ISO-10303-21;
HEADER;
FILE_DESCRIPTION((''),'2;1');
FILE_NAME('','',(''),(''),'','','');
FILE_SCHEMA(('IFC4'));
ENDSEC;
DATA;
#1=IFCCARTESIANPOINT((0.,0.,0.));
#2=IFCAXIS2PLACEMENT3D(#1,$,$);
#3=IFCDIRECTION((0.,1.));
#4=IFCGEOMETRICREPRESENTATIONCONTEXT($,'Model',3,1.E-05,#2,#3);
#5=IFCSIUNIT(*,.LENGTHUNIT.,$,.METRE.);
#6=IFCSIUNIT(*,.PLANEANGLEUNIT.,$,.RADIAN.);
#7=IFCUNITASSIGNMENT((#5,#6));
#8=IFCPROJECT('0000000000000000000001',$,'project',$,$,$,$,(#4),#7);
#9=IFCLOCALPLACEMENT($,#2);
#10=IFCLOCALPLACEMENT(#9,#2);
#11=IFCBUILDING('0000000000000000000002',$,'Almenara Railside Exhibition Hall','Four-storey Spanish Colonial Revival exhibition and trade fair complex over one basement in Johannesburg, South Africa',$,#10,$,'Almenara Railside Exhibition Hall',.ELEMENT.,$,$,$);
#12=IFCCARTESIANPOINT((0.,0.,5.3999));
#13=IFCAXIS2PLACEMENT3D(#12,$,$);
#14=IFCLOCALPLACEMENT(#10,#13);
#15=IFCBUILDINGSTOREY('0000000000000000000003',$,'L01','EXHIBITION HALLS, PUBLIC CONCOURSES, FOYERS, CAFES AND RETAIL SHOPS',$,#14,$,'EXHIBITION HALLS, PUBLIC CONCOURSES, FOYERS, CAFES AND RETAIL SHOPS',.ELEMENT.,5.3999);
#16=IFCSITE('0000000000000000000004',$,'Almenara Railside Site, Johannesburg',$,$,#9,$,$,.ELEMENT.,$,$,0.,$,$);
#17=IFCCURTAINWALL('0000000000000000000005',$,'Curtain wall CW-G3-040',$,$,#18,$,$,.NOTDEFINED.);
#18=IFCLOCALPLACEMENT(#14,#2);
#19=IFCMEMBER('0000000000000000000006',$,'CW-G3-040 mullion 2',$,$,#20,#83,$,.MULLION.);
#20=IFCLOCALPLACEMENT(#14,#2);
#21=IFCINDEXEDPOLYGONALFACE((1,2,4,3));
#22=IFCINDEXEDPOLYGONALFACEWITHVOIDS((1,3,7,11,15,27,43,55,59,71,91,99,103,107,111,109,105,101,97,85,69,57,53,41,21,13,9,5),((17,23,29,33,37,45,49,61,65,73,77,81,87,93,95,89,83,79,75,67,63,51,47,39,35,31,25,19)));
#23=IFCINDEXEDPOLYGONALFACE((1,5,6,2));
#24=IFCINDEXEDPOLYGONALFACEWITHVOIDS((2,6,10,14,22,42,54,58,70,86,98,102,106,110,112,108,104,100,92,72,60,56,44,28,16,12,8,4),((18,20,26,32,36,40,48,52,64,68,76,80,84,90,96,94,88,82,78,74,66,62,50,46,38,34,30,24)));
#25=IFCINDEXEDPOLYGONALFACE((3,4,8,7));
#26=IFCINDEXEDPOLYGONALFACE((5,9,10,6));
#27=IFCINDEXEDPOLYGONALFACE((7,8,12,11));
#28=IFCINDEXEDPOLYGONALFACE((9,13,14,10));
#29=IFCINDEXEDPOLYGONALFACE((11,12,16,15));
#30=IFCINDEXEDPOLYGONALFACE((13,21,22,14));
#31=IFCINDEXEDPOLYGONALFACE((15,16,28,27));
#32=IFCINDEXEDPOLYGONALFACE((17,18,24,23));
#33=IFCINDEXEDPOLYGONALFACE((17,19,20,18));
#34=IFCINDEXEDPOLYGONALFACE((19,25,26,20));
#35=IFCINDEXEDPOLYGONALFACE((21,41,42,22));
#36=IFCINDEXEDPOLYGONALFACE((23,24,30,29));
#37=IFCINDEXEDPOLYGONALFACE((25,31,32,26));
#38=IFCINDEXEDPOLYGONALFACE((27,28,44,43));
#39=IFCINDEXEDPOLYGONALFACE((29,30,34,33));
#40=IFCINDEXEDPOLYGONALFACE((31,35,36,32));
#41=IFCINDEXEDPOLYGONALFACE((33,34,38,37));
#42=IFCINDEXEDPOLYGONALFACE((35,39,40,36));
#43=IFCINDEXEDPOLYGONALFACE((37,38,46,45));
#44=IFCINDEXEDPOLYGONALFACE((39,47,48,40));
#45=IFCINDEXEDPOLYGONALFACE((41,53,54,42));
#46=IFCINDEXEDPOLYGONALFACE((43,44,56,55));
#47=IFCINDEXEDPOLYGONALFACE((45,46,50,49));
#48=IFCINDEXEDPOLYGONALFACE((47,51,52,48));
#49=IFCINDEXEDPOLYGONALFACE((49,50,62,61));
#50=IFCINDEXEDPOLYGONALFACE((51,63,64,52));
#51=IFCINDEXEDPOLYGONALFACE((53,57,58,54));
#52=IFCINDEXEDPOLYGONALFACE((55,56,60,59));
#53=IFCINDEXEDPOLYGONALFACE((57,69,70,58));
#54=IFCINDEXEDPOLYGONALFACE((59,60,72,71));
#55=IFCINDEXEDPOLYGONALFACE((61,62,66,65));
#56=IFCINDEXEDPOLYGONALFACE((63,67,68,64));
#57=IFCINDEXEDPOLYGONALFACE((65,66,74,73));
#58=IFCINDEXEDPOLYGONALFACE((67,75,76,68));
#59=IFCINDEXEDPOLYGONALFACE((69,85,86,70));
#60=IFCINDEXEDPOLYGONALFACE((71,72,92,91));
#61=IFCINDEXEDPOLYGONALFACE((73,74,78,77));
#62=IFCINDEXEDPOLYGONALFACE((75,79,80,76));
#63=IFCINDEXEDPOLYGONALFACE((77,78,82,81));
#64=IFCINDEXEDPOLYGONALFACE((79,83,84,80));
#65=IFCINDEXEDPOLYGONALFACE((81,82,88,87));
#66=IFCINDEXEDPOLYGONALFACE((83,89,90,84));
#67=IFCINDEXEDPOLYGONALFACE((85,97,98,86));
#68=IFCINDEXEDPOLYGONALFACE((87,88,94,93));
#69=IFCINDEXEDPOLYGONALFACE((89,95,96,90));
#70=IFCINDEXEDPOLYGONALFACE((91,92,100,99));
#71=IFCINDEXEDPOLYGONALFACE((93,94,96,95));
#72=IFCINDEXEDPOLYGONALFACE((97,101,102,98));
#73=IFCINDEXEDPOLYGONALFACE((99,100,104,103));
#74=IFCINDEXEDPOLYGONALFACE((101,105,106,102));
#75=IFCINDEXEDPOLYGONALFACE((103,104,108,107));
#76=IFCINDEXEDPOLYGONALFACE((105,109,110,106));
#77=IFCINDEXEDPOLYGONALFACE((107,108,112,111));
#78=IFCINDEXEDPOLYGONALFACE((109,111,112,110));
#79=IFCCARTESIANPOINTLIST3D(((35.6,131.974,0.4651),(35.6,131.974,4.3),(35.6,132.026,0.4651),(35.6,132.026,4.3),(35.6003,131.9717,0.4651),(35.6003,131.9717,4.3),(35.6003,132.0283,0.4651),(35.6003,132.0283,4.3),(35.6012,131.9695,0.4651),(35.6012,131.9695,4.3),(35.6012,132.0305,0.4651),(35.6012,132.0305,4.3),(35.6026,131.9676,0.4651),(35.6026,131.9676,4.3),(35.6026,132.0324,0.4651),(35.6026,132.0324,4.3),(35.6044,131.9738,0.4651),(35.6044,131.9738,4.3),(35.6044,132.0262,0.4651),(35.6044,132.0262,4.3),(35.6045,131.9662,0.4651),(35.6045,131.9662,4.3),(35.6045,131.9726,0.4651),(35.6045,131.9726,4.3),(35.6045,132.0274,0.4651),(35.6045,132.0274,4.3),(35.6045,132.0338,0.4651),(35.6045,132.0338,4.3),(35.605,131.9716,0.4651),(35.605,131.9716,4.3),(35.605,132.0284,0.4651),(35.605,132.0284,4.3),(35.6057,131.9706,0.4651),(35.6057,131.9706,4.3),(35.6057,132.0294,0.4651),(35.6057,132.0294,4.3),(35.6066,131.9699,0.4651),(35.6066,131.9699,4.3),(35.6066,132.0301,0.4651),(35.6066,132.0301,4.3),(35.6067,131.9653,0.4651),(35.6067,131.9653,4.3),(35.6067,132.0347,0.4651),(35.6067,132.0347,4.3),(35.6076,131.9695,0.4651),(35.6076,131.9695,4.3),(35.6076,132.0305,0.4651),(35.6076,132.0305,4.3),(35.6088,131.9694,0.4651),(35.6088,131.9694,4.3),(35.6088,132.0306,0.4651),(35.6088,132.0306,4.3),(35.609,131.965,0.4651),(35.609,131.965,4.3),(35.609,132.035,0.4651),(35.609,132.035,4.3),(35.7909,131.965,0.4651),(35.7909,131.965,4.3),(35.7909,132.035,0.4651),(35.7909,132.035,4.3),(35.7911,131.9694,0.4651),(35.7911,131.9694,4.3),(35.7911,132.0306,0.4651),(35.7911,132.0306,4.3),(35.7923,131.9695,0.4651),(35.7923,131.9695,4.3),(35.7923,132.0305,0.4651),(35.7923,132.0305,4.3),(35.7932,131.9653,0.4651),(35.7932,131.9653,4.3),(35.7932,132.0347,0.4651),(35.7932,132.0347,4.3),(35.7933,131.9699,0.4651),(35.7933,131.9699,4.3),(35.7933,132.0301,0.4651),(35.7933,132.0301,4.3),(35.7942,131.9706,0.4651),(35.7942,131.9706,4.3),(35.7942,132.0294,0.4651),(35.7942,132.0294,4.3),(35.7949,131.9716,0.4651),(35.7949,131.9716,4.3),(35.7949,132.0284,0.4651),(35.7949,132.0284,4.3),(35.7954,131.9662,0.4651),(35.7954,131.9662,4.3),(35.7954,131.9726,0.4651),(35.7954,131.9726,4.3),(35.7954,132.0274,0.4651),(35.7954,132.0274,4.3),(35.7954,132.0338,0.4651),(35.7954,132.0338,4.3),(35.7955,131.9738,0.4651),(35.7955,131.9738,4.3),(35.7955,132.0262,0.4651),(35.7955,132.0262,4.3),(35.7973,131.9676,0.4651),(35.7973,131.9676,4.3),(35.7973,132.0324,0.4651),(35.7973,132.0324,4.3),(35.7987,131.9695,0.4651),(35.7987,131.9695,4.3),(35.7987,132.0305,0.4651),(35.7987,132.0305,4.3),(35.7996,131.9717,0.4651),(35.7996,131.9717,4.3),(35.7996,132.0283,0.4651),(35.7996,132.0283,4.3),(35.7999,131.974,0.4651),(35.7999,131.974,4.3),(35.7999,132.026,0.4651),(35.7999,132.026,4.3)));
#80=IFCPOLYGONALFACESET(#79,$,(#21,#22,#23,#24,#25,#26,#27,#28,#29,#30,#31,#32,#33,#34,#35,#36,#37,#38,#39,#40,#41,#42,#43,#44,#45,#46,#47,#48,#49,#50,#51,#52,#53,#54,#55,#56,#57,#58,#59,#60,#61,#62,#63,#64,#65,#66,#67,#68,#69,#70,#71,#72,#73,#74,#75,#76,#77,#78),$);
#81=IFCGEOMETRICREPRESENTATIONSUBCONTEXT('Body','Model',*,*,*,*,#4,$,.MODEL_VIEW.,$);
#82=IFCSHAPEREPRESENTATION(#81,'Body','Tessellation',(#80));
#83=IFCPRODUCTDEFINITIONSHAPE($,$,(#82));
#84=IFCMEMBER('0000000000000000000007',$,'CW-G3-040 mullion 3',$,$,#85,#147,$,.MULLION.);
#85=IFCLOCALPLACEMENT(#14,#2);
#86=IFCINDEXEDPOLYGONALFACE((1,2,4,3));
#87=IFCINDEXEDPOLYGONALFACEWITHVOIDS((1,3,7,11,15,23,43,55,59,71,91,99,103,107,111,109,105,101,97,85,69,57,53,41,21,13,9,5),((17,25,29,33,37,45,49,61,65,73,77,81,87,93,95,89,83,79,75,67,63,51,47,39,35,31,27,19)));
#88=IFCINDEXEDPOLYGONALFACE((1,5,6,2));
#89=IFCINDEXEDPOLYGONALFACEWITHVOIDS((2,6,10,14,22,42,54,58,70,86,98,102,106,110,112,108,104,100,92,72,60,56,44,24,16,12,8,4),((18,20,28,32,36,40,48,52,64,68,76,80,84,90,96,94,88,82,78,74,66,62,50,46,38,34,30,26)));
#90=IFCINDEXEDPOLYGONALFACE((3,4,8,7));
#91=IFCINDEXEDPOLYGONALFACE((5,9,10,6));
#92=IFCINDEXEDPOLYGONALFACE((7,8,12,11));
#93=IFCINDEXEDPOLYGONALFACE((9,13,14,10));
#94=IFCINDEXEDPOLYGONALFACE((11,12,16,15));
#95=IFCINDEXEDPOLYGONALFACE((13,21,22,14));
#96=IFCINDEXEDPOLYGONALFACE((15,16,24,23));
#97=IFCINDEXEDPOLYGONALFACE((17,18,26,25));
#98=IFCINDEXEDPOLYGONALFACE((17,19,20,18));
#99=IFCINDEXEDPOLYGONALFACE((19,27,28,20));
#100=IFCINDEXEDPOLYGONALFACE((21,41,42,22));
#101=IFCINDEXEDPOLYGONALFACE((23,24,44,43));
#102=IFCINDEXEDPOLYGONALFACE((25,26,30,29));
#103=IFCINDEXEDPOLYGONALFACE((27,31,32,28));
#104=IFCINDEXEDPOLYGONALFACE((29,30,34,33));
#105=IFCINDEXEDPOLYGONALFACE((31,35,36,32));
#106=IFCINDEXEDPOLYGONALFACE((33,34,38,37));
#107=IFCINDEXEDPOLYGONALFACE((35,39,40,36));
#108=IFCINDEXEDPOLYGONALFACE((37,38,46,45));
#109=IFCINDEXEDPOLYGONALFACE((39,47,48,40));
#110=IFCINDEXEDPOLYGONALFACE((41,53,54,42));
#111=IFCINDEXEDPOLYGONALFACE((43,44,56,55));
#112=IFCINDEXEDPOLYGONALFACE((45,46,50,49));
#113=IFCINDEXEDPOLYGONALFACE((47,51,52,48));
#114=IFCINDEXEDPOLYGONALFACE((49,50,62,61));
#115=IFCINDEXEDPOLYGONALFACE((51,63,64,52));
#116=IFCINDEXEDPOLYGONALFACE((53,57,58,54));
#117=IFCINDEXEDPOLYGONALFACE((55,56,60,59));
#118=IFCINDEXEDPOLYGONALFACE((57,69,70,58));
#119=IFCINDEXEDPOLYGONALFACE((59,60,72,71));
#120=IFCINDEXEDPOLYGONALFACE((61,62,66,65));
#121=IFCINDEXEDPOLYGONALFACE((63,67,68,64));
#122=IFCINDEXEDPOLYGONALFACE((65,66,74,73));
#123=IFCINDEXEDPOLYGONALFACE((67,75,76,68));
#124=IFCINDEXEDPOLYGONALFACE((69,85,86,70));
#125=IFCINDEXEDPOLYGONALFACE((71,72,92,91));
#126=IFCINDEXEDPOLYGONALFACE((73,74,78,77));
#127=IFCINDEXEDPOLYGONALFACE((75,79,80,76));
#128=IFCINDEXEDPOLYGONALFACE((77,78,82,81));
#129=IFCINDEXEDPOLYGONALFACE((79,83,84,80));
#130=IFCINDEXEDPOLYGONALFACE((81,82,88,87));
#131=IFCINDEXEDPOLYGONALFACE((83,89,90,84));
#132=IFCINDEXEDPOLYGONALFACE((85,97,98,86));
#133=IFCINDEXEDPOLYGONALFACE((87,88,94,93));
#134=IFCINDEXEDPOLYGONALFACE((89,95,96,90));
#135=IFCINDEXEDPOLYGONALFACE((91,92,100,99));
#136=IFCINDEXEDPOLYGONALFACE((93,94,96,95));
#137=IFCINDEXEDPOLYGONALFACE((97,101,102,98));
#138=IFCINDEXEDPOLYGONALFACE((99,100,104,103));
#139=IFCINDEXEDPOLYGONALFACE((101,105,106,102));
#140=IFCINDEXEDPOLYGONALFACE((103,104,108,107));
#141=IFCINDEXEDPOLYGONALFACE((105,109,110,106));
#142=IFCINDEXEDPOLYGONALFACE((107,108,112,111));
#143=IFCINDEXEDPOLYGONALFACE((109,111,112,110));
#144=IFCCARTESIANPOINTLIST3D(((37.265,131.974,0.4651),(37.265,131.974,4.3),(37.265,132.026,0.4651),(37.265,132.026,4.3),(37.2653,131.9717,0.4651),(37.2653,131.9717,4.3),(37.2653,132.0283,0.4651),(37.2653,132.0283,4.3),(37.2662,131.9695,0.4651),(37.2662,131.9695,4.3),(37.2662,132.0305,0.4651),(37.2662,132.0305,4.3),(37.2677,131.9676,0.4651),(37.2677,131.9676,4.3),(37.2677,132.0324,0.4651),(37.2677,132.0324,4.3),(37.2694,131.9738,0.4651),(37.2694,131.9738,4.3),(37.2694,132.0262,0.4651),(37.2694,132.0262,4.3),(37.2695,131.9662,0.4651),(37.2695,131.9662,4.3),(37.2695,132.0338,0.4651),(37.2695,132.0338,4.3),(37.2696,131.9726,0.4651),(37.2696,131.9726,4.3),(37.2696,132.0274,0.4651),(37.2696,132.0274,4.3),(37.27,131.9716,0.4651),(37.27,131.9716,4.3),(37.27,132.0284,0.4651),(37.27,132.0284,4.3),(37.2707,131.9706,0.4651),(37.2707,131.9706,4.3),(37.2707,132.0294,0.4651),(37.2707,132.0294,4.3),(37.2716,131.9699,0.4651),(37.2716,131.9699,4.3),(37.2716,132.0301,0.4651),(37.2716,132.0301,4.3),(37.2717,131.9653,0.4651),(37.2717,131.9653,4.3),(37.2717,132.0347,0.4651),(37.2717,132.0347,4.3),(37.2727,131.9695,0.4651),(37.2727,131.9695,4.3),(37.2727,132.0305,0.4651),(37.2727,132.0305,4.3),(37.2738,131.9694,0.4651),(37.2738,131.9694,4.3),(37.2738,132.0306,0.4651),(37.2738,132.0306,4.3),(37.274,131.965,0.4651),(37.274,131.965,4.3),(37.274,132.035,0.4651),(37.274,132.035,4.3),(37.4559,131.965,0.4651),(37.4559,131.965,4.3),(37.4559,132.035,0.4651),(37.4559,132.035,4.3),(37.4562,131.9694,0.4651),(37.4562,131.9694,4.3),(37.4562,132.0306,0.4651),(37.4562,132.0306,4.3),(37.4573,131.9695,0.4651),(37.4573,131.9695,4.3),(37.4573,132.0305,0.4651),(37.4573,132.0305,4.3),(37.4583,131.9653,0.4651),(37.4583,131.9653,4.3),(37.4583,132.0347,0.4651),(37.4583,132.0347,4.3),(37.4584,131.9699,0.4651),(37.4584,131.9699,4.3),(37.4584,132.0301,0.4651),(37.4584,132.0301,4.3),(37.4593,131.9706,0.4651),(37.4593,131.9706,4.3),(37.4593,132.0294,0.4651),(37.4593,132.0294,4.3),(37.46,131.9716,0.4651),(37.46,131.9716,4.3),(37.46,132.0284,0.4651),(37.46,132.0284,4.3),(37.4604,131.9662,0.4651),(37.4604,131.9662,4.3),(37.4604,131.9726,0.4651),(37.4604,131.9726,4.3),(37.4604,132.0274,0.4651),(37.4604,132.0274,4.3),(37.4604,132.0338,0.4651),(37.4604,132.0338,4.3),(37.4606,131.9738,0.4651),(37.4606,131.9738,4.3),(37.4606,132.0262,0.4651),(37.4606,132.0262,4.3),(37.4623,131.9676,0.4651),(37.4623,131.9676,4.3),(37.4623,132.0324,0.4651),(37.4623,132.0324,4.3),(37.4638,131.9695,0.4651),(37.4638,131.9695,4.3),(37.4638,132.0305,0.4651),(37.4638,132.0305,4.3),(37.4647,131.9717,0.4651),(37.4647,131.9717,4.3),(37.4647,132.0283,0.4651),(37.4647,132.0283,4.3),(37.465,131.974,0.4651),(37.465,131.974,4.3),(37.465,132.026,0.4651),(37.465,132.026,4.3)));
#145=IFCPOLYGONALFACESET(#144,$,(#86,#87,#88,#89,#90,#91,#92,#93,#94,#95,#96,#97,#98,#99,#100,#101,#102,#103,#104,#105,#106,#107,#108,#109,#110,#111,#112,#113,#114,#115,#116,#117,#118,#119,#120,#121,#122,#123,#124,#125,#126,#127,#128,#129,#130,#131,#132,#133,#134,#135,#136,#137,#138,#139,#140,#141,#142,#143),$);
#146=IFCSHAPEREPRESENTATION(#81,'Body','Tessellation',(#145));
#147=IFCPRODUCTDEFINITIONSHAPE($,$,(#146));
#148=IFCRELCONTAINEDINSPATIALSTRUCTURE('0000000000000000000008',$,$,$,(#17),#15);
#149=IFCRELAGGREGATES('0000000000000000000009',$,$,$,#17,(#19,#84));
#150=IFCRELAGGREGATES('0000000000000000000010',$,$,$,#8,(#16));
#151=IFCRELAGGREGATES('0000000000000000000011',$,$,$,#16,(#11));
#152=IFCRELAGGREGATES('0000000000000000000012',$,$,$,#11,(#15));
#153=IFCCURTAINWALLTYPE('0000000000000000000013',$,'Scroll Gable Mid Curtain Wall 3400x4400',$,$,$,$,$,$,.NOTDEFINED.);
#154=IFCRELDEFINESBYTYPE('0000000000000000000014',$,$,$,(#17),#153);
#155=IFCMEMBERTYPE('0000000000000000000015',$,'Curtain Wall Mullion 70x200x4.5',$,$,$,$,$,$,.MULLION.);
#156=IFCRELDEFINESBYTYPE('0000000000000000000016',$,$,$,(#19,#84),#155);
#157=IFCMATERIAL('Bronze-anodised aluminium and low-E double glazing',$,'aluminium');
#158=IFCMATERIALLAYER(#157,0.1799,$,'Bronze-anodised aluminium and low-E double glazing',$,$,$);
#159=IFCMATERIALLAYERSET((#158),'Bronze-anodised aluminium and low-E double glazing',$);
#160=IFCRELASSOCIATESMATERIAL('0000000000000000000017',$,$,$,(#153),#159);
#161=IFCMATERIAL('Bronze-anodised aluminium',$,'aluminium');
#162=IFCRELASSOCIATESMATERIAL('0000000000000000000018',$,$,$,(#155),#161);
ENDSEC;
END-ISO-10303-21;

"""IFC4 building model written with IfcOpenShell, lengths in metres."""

from ifc_helpers import new_model, si_unit, direction, frame, origin, origin_2d, place, context, subcontext, project, spatial, hollow_rectangle, extrude, material, layer, layer_set, material_profile, profile_set, type_object, element, aggregate, save


model = new_model("IFC4")

# Units and contexts
model_context = context("Model", 3, precision=1e-05, world=origin(), true_north=direction((0.0, 1.0)))
body_context = subcontext(model_context, "Body", "Model", "MODEL_VIEW")
ifc_project = project(units=[si_unit("LENGTHUNIT", "METRE"), si_unit("PLANEANGLEUNIT", "RADIAN")], contexts=[model_context])

# Site, building, storey
site_placement = place(None, origin())
site = spatial("IfcSite", under=ifc_project, at=site_placement, Name="Almenara Railside Site, Johannesburg", CompositionType="ELEMENT", RefElevation=0.0)
building_placement = place(site_placement, origin())
building = spatial("IfcBuilding", under=site, at=building_placement, Name="Almenara Railside Exhibition Hall", Description="Four-storey Spanish Colonial Revival exhibition and trade fair complex over one basement in Johannesburg, South Africa", LongName="Almenara Railside Exhibition Hall", CompositionType="ELEMENT")
storey_placement = place(building_placement, frame((0.0, 0.0, 5.3999)))
storey = spatial("IfcBuildingStorey", under=building, at=storey_placement, Name="L01", Description="EXHIBITION HALLS, PUBLIC CONCOURSES, FOYERS, CAFES AND RETAIL SHOPS", LongName="EXHIBITION HALLS, PUBLIC CONCOURSES, FOYERS, CAFES AND RETAIL SHOPS", CompositionType="ELEMENT", Elevation=5.3999)

# Shared definitions
ifc_material_1 = material(Name="Bronze-anodised aluminium and low-E double glazing", Category="aluminium")
ifc_layer_1 = layer(ifc_material_1, 0.1799, Name="Bronze-anodised aluminium and low-E double glazing")
ifc_layer_set_1 = layer_set([ifc_layer_1], Name="Bronze-anodised aluminium and low-E double glazing")
curtain_wall_type = type_object("IfcCurtainWallType", Name="Scroll Gable Mid Curtain Wall 3400x4400", PredefinedType="NOTDEFINED", material=ifc_layer_set_1)
ifc_material_2 = material(Name="Bronze-anodised aluminium", Category="aluminium")

# Curtain wall, members
curtain_wall_1_placement = place(storey_placement, origin())
curtain_wall_1 = element("IfcCurtainWall", 1, at=curtain_wall_1_placement, inside=storey, type_object=curtain_wall_type, Name="Curtain wall CW-G3-040", PredefinedType="NOTDEFINED")
ifc_material_profile_1 = material_profile(ifc_material_2, hollow_rectangle(XDim=0.0701, YDim=0.2, WallThickness=0.0044, InnerFilletRadius=0.0044, OuterFilletRadius=0.009, at=origin_2d()), Name="ALU-MUL 70x200x4.5")
ifc_profile_set_1 = profile_set([ifc_material_profile_1], Name="Bronze-anodised aluminium")
member_type_1 = type_object("IfcMemberType", Name="Curtain Wall Mullion 70x200x4.5", PredefinedType="MULLION", material=ifc_profile_set_1)
member_1_placement = place(storey_placement, frame((35.7, 132.0, 0.4651), z_axis=(0.0, 0.0, 1.0), x_axis=(0.0, 1.0, 0.0)))
member_1 = element("IfcMember", 2, at=member_1_placement, type_object=member_type_1, Name="CW-G3-040 mullion 2", PredefinedType="MULLION", context=body_context, shape_type="SweptSolid", body=[
    extrude(hollow_rectangle(XDim=0.0701, YDim=0.2, WallThickness=0.0044, InnerFilletRadius=0.0044, OuterFilletRadius=0.009, at=origin_2d()), origin(), (0.0, 0.0, 1.0), 3.835),
])
member_2_placement = place(storey_placement, frame((37.365, 132.0, 0.4651), z_axis=(0.0, 0.0, 1.0), x_axis=(0.0, 1.0, 0.0)))
member_2 = element("IfcMember", 3, at=member_2_placement, type_object=member_type_1, Name="CW-G3-040 mullion 3", PredefinedType="MULLION", context=body_context, shape_type="SweptSolid", body=[
    extrude(hollow_rectangle(XDim=0.0701, YDim=0.2, WallThickness=0.0044, InnerFilletRadius=0.0044, OuterFilletRadius=0.009, at=origin_2d()), origin(), (0.0, 0.0, 1.0), 3.835),
])

aggregate(curtain_wall_1, [member_1, member_2])

save(model, "model.ifc")
